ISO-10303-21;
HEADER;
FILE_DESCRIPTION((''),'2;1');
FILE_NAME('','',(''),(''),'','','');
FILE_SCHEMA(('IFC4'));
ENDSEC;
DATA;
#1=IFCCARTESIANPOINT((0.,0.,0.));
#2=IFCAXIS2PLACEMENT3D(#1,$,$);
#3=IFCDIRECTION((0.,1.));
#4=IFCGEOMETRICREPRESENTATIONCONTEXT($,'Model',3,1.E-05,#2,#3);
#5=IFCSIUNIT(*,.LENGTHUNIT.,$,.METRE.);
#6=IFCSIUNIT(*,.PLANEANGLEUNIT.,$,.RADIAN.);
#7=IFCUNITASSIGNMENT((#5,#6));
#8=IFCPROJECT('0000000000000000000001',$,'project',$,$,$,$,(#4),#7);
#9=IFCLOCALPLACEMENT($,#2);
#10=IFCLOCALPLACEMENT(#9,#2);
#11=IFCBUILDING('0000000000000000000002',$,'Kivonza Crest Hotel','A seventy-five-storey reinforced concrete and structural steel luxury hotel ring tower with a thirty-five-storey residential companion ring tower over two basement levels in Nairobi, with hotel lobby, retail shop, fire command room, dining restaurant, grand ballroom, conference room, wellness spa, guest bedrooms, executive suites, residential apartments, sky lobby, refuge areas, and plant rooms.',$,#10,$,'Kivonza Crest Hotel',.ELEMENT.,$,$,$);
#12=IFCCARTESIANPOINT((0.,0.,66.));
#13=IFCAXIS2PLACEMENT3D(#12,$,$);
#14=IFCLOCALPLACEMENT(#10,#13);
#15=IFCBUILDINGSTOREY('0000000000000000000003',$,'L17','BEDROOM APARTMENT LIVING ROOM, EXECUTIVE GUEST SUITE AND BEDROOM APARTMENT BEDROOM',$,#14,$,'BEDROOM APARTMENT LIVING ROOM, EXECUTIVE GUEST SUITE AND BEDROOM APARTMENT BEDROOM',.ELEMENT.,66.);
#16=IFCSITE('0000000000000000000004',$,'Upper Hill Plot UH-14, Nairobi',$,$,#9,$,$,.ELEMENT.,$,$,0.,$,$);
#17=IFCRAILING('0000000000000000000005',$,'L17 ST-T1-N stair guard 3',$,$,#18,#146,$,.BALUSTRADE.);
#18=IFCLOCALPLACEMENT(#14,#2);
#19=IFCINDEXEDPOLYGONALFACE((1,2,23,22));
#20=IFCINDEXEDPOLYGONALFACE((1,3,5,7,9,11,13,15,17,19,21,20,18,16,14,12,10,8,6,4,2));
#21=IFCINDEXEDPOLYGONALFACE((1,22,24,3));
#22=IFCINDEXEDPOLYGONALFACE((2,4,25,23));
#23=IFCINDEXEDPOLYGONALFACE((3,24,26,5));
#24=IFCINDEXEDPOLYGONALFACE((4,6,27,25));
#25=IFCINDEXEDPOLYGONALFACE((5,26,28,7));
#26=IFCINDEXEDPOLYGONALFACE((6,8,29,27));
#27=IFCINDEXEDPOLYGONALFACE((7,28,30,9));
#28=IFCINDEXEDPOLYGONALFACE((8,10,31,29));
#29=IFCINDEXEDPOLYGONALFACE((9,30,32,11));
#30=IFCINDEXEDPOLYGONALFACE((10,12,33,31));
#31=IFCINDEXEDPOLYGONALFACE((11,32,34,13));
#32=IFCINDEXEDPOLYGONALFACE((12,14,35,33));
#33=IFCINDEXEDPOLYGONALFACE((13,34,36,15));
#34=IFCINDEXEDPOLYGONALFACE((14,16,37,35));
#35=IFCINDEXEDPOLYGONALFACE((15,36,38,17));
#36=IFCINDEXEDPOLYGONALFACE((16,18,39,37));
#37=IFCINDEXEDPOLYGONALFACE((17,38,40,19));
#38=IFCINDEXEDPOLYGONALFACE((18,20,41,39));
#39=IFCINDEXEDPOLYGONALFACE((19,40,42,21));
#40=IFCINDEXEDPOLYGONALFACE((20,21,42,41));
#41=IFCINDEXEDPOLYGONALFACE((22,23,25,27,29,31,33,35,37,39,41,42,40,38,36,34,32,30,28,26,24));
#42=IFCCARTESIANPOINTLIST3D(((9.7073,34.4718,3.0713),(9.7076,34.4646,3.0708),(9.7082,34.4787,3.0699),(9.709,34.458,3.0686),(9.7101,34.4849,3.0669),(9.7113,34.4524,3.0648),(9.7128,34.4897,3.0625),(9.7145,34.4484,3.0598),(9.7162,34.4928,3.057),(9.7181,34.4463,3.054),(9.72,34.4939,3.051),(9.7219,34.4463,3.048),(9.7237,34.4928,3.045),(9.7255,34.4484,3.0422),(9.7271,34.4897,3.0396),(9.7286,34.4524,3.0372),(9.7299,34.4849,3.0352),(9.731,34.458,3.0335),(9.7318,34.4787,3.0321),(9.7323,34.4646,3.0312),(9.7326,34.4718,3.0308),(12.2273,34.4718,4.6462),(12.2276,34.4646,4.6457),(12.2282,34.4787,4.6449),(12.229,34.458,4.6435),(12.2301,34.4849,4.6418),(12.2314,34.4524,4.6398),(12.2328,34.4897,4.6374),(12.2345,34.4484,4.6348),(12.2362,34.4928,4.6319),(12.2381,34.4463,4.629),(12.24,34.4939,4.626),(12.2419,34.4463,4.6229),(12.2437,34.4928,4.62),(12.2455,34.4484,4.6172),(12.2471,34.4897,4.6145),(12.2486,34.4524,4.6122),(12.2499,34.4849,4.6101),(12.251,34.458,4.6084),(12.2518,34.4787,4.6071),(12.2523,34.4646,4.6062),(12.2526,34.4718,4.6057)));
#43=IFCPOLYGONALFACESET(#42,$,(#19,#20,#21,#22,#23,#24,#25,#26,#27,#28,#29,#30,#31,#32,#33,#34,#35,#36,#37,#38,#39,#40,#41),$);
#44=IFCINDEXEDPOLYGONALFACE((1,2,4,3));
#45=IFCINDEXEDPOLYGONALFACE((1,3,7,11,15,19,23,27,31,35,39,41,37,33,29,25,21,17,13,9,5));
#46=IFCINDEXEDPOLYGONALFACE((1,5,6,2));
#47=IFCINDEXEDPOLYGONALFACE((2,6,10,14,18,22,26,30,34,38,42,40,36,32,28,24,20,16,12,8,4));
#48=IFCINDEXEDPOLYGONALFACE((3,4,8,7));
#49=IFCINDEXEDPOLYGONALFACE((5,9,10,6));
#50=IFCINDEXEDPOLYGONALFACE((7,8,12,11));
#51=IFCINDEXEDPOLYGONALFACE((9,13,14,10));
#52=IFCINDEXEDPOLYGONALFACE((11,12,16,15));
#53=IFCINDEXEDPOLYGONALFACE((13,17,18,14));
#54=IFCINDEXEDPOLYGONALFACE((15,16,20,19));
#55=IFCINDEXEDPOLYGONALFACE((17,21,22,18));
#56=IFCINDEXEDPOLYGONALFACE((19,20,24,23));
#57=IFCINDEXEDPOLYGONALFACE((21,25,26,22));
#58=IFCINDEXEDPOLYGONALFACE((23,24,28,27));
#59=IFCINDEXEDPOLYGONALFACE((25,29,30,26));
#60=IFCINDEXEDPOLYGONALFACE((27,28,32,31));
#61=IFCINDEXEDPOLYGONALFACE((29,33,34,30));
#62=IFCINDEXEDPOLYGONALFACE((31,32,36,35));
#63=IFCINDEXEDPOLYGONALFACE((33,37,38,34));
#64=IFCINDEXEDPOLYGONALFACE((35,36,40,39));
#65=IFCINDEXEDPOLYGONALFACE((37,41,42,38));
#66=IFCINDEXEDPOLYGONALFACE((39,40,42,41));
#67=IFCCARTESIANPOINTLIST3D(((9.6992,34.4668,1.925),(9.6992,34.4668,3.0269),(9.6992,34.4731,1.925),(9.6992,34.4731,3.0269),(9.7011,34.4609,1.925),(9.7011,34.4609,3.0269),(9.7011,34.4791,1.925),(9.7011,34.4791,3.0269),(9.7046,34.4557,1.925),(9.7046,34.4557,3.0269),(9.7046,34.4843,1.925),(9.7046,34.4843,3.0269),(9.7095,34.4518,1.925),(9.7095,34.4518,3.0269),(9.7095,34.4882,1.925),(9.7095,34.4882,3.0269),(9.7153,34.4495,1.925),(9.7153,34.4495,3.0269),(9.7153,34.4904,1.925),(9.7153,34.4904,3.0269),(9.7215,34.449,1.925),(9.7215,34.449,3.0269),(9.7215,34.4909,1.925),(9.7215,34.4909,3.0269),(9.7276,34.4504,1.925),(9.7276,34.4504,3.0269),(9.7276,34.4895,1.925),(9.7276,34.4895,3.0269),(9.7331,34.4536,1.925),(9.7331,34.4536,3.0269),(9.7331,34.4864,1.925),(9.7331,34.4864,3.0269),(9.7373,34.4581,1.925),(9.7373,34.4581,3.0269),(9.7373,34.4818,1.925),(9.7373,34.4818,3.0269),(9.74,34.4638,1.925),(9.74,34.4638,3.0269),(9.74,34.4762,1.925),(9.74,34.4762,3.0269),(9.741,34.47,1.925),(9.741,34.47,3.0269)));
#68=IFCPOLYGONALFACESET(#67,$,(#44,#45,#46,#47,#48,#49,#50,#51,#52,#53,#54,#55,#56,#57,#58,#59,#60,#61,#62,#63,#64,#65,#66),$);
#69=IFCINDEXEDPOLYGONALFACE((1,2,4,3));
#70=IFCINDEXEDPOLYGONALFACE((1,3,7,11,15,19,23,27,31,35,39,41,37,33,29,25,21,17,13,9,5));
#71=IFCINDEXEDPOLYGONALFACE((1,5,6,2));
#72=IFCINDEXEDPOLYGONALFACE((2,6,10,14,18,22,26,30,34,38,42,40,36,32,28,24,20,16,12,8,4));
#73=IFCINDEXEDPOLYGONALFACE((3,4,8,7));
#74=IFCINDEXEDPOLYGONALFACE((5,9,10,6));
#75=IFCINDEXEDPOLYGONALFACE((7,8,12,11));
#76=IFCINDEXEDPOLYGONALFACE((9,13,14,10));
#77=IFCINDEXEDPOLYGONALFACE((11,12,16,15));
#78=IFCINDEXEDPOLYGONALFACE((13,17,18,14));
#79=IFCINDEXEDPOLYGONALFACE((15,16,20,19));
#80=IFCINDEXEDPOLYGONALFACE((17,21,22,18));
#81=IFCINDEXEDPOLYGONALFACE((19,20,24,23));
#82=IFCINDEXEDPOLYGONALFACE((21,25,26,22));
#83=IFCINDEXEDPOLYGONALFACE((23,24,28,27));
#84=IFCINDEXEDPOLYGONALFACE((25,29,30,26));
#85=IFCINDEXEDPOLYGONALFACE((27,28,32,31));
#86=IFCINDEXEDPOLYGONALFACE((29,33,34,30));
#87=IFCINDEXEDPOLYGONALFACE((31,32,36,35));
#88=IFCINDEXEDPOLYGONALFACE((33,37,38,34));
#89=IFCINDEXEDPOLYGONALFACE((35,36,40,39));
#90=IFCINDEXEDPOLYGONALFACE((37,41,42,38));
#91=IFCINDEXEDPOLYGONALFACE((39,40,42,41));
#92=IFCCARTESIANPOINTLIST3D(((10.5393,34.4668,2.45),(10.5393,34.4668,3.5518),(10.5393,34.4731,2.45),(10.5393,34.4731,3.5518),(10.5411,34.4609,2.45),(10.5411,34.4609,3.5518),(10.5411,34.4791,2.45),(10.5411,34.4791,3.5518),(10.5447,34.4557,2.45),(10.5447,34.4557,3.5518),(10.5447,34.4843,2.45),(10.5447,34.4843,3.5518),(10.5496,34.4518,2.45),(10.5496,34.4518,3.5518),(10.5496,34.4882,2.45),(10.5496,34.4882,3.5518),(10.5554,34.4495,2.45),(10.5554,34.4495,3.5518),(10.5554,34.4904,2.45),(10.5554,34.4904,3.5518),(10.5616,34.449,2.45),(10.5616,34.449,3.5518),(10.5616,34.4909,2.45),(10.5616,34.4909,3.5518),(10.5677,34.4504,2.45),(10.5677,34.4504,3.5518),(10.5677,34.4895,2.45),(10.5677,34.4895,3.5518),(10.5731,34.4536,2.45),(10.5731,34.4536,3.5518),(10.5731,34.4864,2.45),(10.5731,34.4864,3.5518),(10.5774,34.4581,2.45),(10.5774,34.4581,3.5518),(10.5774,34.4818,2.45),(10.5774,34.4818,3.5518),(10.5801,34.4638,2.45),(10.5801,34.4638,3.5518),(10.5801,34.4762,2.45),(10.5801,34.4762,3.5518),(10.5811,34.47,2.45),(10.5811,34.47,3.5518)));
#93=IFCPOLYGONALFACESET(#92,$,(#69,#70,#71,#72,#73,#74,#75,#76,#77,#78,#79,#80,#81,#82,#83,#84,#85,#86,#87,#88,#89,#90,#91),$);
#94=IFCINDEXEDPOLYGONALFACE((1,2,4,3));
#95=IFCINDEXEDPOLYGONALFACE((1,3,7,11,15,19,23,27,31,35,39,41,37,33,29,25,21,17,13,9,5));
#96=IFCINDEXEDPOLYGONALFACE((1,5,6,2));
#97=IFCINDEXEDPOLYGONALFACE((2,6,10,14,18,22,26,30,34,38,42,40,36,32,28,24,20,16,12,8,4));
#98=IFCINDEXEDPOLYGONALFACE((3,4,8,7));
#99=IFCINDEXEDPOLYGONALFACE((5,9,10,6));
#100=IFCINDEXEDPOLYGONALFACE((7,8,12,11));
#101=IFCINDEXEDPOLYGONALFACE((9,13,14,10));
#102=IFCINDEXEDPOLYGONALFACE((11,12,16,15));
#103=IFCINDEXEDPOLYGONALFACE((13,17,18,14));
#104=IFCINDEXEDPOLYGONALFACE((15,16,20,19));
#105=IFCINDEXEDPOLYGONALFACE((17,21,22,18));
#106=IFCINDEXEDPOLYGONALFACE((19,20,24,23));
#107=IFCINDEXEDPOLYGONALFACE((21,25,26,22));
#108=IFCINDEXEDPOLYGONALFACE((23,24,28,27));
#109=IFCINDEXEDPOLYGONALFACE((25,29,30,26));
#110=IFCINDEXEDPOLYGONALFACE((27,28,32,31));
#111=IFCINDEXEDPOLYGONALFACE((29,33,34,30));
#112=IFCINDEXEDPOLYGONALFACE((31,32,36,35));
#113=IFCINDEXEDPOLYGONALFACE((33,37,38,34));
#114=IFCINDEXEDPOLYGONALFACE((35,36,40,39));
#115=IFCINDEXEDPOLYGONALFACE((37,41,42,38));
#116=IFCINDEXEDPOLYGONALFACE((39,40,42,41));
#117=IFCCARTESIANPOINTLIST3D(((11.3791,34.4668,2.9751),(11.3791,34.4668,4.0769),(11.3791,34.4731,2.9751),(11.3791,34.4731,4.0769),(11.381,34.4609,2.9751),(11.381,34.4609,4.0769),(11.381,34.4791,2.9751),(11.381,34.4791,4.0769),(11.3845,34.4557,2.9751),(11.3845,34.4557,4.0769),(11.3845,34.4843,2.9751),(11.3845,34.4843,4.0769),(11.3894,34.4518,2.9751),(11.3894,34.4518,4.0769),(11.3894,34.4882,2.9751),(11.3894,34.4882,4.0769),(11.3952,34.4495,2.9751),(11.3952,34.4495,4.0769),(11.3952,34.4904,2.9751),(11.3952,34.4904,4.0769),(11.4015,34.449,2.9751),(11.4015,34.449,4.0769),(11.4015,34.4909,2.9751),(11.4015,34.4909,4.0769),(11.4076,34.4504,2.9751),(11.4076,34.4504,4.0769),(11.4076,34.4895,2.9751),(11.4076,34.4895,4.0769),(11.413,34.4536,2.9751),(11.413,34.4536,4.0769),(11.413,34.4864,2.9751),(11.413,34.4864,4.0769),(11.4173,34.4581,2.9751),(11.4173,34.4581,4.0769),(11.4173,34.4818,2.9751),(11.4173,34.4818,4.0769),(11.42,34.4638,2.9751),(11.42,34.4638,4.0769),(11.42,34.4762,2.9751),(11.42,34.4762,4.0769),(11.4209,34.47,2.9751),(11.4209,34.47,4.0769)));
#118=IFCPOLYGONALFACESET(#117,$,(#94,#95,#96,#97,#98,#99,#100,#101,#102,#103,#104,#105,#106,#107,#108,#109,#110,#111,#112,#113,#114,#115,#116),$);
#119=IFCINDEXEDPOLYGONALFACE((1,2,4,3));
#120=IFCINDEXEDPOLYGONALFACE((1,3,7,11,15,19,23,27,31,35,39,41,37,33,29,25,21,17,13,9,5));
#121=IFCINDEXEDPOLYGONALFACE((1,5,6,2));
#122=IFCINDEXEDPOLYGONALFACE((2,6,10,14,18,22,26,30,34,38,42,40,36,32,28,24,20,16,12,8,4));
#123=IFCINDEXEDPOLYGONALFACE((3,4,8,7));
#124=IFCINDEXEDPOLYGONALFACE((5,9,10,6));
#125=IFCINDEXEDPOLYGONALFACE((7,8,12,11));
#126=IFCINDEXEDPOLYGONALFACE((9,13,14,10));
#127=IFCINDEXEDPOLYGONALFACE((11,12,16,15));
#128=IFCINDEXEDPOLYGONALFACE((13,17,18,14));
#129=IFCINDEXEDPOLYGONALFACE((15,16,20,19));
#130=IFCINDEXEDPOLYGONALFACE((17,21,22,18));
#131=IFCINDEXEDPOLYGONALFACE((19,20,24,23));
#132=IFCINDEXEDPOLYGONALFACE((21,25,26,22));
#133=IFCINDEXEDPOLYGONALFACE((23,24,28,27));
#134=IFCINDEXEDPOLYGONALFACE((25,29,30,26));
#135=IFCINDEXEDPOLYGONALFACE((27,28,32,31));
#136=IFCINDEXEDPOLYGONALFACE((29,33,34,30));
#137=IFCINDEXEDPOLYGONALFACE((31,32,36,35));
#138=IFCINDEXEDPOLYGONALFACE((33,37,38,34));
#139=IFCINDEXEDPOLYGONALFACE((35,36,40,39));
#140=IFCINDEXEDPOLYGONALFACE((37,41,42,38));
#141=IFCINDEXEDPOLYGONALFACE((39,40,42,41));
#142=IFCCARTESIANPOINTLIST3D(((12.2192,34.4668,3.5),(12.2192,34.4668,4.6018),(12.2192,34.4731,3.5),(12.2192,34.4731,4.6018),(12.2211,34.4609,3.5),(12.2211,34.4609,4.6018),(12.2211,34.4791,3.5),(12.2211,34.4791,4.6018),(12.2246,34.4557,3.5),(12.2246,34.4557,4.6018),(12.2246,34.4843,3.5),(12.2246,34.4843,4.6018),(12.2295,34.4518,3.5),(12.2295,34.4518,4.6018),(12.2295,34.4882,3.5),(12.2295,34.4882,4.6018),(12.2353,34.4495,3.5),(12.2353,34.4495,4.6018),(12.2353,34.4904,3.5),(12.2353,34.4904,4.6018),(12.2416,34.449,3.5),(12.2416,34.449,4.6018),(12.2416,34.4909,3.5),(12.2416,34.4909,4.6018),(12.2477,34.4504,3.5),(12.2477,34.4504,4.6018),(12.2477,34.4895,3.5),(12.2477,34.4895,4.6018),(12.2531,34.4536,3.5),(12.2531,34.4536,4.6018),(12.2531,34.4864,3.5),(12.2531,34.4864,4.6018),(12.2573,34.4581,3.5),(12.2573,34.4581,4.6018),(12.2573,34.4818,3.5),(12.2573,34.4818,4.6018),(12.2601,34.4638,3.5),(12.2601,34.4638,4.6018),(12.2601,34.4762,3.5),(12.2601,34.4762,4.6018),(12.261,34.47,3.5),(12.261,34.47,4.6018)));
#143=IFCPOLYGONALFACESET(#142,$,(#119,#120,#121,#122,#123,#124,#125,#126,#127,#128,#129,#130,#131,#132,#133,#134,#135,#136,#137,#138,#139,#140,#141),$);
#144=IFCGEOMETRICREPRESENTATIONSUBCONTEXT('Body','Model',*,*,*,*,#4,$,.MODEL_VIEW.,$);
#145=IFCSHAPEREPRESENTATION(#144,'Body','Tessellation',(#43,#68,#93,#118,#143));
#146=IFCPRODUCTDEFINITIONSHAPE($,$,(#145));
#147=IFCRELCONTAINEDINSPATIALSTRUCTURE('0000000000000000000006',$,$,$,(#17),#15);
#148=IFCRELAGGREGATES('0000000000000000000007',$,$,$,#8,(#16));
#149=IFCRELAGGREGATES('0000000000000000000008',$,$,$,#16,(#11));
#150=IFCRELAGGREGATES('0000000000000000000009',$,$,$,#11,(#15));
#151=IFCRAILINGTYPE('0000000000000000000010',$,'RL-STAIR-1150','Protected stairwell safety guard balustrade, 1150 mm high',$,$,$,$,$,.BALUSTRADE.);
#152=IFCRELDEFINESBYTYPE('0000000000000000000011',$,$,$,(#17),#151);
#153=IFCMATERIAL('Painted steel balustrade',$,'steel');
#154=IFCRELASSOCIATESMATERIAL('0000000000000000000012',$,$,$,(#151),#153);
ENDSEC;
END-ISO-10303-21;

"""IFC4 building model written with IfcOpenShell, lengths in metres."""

from ifc_helpers import new_model, si_unit, direction, frame, origin, origin_2d, place, context, subcontext, project, spatial, circle, extrude, material, type_object, element, save


model = new_model("IFC4")

# Units and contexts
model_context = context("Model", 3, precision=1e-05, world=origin(), true_north=direction((0.0, 1.0)))
body_context = subcontext(model_context, "Body", "Model", "MODEL_VIEW")
ifc_project = project(units=[si_unit("LENGTHUNIT", "METRE"), si_unit("PLANEANGLEUNIT", "RADIAN")], contexts=[model_context])

# Site, building, storey
site_placement = place(None, origin())
site = spatial("IfcSite", under=ifc_project, at=site_placement, Name="Upper Hill Plot UH-14, Nairobi", CompositionType="ELEMENT", RefElevation=0.0)
building_placement = place(site_placement, origin())
building = spatial("IfcBuilding", under=site, at=building_placement, Name="Kivonza Crest Hotel", Description="A seventy-five-storey reinforced concrete and structural steel luxury hotel ring tower with a thirty-five-storey residential companion ring tower over two basement levels in Nairobi, with hotel lobby, retail shop, fire command room, dining restaurant, grand ballroom, conference room, wellness spa, guest bedrooms, executive suites, residential apartments, sky lobby, refuge areas, and plant rooms.", LongName="Kivonza Crest Hotel", CompositionType="ELEMENT")
storey_placement = place(building_placement, frame((0.0, 0.0, 66.0)))
storey = spatial("IfcBuildingStorey", under=building, at=storey_placement, Name="L17", Description="BEDROOM APARTMENT LIVING ROOM, EXECUTIVE GUEST SUITE AND BEDROOM APARTMENT BEDROOM", LongName="BEDROOM APARTMENT LIVING ROOM, EXECUTIVE GUEST SUITE AND BEDROOM APARTMENT BEDROOM", CompositionType="ELEMENT", Elevation=66.0)

# Railing
ifc_material_1 = material(Name="Painted steel balustrade", Category="steel")
railing_type_1 = type_object("IfcRailingType", Name="RL-STAIR-1150", Description="Protected stairwell safety guard balustrade, 1150 mm high", PredefinedType="BALUSTRADE", material=ifc_material_1)
railing_1_placement = place(storey_placement, frame((9.72, 34.47, 1.925)))
element("IfcRailing", 1, at=railing_1_placement, inside=storey, type_object=railing_type_1, Name="L17 ST-T1-N stair guard 3", PredefinedType="BALUSTRADE", context=body_context, shape_type="SweptSolid", body=[
    extrude(circle(Radius=0.0239, at=origin_2d()), frame((0.0, 0.0, 1.126), z_axis=(0.848008, 0.0, 0.529984), x_axis=(0.0, 1.0, 0.0)), (0.0, 0.0, 1.0), 2.9717),
    extrude(circle(Radius=0.021, at=origin_2d()), origin(), (0.0, 0.0, 1.0), 1.1018),
    extrude(circle(Radius=0.021, at=origin_2d()), frame((0.8401, 0.0, 0.5249)), (0.0, 0.0, 1.0), 1.1018),
    extrude(circle(Radius=0.021, at=origin_2d()), frame((1.6799, 0.0, 1.05)), (0.0, 0.0, 1.0), 1.1018),
    extrude(circle(Radius=0.021, at=origin_2d()), frame((2.52, 0.0, 1.575)), (0.0, 0.0, 1.0), 1.1018),
])

save(model, "model.ifc")
